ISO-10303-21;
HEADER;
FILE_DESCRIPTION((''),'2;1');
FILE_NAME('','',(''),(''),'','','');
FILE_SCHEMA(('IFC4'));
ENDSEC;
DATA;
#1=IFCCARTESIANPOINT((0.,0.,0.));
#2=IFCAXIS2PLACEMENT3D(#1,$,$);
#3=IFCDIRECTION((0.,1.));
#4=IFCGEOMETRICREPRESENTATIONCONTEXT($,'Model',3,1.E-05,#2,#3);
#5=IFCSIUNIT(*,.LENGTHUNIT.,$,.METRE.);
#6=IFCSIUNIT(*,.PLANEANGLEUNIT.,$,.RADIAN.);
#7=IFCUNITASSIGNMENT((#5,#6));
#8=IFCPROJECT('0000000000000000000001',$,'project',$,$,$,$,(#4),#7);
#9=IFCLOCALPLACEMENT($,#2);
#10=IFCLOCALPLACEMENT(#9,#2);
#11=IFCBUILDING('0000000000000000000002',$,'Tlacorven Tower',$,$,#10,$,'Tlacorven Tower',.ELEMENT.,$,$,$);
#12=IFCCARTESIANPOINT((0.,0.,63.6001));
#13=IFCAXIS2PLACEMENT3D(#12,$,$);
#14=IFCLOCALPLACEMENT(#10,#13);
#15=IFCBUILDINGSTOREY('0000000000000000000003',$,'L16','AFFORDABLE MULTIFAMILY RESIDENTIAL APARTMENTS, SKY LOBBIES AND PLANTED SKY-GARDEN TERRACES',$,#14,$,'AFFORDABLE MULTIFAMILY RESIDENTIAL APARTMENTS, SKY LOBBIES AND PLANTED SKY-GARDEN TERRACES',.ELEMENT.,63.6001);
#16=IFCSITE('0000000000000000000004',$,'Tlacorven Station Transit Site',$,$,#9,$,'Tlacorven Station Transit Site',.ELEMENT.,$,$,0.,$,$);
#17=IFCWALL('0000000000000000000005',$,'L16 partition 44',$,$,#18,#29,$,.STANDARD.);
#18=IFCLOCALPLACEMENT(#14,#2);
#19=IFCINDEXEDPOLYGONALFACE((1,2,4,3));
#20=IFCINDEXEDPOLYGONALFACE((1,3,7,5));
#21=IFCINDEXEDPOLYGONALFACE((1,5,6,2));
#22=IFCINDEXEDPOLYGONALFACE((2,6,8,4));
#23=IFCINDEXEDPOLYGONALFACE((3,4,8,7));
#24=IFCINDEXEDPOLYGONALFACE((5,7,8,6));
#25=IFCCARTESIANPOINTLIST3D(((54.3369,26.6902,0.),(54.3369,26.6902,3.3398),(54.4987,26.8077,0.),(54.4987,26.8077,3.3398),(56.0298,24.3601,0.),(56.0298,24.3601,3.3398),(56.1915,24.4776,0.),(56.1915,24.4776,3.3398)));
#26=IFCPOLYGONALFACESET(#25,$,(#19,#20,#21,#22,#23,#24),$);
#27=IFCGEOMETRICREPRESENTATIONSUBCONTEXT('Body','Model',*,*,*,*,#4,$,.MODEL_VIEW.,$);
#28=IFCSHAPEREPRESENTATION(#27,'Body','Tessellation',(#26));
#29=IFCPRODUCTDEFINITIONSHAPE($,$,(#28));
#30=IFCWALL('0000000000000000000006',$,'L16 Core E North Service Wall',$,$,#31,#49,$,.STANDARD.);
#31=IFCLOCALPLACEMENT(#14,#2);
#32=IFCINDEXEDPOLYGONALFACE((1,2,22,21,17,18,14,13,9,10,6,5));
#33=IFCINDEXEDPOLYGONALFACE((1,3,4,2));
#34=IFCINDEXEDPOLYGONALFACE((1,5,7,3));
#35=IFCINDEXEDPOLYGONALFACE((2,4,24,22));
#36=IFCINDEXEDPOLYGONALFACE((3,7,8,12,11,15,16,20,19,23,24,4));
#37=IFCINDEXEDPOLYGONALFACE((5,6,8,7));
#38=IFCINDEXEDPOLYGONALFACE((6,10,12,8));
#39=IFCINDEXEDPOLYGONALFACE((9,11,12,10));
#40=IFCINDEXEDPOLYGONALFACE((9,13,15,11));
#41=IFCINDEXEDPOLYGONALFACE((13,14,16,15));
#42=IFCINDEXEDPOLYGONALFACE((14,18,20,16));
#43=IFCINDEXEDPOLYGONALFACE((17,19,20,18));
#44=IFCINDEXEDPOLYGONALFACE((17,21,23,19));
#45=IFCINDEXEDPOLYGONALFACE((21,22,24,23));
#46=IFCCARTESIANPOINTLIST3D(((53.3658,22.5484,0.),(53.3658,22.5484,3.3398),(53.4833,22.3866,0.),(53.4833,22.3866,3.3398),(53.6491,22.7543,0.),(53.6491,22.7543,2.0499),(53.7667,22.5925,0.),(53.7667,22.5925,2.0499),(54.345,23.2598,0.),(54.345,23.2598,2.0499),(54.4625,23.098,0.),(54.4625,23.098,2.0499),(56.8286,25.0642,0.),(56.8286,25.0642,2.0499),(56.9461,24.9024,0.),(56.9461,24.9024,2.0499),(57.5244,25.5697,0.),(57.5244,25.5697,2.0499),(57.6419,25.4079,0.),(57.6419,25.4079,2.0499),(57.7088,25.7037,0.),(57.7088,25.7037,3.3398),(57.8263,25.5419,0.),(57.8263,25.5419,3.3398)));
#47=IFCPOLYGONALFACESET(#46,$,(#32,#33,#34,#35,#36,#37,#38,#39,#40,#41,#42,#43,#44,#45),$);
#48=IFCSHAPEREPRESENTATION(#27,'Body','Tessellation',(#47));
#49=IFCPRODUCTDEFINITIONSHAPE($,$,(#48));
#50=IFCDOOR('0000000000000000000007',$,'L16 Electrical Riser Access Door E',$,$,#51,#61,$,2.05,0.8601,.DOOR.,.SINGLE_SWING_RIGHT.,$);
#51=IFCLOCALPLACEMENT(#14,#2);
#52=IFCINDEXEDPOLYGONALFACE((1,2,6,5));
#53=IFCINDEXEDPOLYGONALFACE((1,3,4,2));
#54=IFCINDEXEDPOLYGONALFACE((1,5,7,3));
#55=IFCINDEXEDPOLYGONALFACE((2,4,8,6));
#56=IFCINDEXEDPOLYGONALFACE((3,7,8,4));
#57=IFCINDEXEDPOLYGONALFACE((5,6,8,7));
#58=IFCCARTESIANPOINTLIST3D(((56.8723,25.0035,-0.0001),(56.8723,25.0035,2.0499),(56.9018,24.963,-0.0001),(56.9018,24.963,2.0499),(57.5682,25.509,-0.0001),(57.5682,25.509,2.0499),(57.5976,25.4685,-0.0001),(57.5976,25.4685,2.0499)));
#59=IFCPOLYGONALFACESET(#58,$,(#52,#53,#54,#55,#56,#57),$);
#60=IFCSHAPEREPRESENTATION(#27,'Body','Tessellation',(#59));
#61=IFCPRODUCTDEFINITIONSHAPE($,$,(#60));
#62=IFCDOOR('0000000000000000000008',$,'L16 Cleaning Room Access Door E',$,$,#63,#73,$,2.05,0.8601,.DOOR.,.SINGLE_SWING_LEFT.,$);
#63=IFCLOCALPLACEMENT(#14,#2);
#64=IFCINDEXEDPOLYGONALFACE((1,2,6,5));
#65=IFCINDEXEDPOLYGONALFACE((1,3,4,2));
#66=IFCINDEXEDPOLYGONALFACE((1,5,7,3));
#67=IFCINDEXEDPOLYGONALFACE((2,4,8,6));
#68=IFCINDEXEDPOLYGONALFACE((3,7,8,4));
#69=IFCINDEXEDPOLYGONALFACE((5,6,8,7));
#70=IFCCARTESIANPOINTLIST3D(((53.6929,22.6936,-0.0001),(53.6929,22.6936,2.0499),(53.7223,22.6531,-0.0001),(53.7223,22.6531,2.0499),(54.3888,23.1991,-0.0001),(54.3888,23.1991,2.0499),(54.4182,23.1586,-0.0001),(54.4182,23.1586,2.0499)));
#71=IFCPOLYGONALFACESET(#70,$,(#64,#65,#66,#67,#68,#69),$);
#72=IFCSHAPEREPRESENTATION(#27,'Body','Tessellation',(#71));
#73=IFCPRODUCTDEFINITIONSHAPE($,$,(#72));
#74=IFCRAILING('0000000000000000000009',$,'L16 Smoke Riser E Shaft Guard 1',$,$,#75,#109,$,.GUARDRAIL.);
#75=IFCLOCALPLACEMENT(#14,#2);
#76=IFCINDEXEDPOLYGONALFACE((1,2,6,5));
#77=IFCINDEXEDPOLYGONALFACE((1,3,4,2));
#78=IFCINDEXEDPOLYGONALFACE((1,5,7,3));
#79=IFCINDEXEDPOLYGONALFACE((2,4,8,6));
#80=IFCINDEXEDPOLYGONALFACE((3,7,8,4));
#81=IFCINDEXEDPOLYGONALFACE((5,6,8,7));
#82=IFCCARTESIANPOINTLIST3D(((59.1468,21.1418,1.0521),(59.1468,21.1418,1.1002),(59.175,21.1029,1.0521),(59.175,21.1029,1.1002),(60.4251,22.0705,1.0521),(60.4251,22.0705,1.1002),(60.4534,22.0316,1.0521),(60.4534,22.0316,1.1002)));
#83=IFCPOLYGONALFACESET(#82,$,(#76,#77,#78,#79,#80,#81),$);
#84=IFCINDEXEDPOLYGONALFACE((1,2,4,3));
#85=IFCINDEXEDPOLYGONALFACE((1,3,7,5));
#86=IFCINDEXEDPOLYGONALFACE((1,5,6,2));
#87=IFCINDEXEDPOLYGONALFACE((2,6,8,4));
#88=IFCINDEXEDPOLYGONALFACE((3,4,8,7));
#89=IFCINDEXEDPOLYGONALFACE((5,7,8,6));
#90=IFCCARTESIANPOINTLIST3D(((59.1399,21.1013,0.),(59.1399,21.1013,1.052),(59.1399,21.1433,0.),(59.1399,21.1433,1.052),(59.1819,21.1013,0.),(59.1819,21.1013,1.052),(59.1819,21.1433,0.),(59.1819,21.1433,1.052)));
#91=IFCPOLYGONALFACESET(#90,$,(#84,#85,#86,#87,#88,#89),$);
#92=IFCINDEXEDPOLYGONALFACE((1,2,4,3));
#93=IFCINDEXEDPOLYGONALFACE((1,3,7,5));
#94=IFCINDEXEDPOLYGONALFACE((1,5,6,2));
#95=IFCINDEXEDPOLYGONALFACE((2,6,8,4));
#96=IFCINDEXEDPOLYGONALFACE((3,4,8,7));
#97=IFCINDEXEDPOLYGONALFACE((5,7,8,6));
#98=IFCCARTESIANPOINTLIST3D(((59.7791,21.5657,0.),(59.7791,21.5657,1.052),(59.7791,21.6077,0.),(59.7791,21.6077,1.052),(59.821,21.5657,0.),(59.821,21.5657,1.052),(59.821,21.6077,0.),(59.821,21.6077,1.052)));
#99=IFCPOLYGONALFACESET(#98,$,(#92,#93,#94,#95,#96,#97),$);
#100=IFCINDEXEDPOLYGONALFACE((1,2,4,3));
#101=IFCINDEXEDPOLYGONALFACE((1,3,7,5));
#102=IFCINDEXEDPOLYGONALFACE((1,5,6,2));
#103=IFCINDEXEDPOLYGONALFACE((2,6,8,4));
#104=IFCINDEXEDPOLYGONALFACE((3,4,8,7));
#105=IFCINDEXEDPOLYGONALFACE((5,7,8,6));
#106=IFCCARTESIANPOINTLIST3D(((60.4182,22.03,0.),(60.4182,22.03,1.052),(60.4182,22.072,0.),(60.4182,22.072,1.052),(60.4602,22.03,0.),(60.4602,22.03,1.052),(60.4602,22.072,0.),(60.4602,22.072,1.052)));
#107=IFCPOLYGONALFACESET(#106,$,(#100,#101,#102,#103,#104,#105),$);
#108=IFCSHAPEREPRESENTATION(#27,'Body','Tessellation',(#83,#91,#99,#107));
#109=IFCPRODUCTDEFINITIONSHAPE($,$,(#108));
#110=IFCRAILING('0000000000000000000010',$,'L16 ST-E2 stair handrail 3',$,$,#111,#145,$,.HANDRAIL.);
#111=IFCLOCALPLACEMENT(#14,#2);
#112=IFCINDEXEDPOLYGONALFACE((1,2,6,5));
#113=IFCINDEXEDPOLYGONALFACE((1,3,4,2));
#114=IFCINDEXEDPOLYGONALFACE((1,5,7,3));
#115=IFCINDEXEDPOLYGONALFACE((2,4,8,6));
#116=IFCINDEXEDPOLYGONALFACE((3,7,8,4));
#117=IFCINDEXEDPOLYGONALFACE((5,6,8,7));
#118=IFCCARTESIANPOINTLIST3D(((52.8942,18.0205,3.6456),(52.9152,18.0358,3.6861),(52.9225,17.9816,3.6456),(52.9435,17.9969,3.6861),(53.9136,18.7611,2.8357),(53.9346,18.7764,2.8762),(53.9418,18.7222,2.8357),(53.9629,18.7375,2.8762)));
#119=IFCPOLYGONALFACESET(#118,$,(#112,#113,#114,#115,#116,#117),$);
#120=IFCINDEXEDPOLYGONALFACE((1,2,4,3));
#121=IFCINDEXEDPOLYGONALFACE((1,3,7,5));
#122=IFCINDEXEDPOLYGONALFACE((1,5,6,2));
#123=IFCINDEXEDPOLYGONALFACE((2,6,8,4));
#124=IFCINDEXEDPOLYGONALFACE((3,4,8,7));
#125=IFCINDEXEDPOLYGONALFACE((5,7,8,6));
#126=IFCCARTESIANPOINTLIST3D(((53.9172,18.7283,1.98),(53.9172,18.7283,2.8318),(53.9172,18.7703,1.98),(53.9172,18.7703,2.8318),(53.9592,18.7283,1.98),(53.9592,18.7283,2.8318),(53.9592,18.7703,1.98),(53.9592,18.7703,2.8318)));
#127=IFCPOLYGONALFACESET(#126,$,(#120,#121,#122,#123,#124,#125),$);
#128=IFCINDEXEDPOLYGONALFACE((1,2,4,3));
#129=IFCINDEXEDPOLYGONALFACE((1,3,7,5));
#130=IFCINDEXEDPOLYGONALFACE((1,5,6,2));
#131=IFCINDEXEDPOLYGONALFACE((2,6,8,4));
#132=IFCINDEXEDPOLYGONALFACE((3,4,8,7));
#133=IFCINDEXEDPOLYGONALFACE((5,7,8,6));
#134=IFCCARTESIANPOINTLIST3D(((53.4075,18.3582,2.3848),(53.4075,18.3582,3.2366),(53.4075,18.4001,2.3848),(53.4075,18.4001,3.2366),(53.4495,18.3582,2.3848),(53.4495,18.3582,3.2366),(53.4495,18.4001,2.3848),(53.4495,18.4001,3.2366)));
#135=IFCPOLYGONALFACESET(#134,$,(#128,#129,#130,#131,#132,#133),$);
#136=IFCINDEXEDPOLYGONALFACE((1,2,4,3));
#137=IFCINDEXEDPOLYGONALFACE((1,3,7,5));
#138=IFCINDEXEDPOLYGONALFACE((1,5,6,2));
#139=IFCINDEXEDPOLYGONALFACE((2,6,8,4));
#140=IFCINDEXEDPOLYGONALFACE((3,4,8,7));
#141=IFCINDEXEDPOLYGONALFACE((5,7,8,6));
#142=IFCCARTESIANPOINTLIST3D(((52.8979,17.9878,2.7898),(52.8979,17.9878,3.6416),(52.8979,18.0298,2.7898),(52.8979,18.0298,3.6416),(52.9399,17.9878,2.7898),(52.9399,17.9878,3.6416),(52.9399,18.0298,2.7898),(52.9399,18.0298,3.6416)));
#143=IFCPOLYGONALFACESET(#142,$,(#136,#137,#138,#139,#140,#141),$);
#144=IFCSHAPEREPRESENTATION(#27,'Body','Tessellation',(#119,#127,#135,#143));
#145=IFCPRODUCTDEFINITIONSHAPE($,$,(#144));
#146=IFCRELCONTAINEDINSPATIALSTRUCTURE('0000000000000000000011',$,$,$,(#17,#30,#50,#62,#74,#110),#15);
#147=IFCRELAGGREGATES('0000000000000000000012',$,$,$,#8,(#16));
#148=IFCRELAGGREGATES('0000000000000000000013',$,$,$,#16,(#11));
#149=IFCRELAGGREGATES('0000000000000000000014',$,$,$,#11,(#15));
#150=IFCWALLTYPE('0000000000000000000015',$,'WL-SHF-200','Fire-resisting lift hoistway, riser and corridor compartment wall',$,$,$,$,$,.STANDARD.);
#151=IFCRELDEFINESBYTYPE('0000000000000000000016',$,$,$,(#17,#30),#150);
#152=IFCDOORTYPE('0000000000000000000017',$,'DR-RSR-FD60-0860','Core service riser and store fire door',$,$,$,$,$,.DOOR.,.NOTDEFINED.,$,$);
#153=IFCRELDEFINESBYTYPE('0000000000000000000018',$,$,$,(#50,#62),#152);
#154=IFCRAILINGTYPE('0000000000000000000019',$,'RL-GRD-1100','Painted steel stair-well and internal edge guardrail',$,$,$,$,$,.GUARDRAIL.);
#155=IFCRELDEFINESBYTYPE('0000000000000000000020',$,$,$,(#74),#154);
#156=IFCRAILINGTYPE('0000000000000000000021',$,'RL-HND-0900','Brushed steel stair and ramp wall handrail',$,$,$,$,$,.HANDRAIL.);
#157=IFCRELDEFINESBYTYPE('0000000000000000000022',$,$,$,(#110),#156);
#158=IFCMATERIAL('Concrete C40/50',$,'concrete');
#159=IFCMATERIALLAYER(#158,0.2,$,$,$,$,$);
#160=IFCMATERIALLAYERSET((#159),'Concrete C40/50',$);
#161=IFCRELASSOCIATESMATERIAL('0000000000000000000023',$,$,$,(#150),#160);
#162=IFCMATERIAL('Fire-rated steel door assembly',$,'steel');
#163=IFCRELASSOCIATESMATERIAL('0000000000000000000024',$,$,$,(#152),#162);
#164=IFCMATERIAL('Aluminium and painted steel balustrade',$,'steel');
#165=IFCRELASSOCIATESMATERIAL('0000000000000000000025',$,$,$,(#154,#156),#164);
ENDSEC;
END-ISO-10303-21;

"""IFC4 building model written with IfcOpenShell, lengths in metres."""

from ifc_helpers import new_model, si_unit, direction, frame, frame_2d, origin, origin_2d, place, context, subcontext, project, spatial, rectangle, extrude, source, transform, mapped, material, layer, layer_set, type_object, element, fill, save


model = new_model("IFC4")

# Units and contexts
model_context = context("Model", 3, precision=1e-05, world=origin(), true_north=direction((0.0, 1.0)))
body_context = subcontext(model_context, "Body", "Model", "MODEL_VIEW")
ifc_project = project(units=[si_unit("LENGTHUNIT", "METRE"), si_unit("PLANEANGLEUNIT", "RADIAN")], contexts=[model_context])

# Site, building, storey
site_placement = place(None, origin())
site = spatial("IfcSite", under=ifc_project, at=site_placement, Name="Tlacorven Station Transit Site", LongName="Tlacorven Station Transit Site", CompositionType="ELEMENT", RefElevation=0.0)
building_placement = place(site_placement, origin())
building = spatial("IfcBuilding", under=site, at=building_placement, Name="Tlacorven Tower", LongName="Tlacorven Tower", CompositionType="ELEMENT")
storey_placement = place(building_placement, frame((0.0, 0.0, 63.6001)))
storey = spatial("IfcBuildingStorey", under=building, at=storey_placement, Name="L16", Description="AFFORDABLE MULTIFAMILY RESIDENTIAL APARTMENTS, SKY LOBBIES AND PLANTED SKY-GARDEN TERRACES", LongName="AFFORDABLE MULTIFAMILY RESIDENTIAL APARTMENTS, SKY LOBBIES AND PLANTED SKY-GARDEN TERRACES", CompositionType="ELEMENT", Elevation=63.6001)

# Shared definitions
ifc_material_1 = material(Name="Concrete C40/50", Category="concrete")
ifc_layer_1 = layer(ifc_material_1, 0.2)
ifc_layer_set_1 = layer_set([ifc_layer_1], Name="Concrete C40/50")
wall_type_1 = type_object("IfcWallType", Name="WL-SHF-200", Description="Fire-resisting lift hoistway, riser and corridor compartment wall", PredefinedType="STANDARD", material=ifc_layer_set_1)
ifc_material_2 = material(Name="Fire-rated steel door assembly", Category="steel")
door_type_1 = type_object("IfcDoorType", Name="DR-RSR-FD60-0860", Description="Core service riser and store fire door", OperationType="NOTDEFINED", PredefinedType="DOOR", material=ifc_material_2)
shared_shape_1 = source(origin(), body_context, "Body", "SweptSolid", [
    extrude(rectangle(XDim=0.8601, YDim=2.05, at=frame_2d((0.4302, 1.0249))), frame((0.0, 0.0249, 0.0), z_axis=(0.0, -1.0, 0.0), x_axis=(1.0, 0.0, 0.0)), (0.0, 0.0, 1.0), 0.05),
])

# Wall
wall_1_placement = place(storey_placement, frame((56.1106, 24.4189, 0.0), z_axis=(0.0, 0.0, 1.0), x_axis=(-0.587778, 0.809022, 0.0)))
element("IfcWall", 1, at=wall_1_placement, inside=storey, type_object=wall_type_1, Name="L16 partition 44", PredefinedType="STANDARD", context=body_context, shape_type="SweptSolid", body=[
    extrude(rectangle(XDim=2.8801, YDim=0.2, at=frame_2d((1.4399, 0.0))), origin(), (0.0, 0.0, 1.0), 3.3398),
])

# Wall, openings, doors
wall_2_placement = place(storey_placement, frame((53.4246, 22.4675, 0.0), z_axis=(0.0, 0.0, 1.0), x_axis=(0.809027, 0.587771, 0.0)))
wall_2 = element("IfcWall", 2, at=wall_2_placement, inside=storey, type_object=wall_type_1, Name="L16 Core E North Service Wall", PredefinedType="STANDARD", context=body_context, shape_type="SweptSolid", body=[
    extrude(rectangle(XDim=5.3682, YDim=0.2, at=frame_2d((2.6841, 0.0))), origin(), (0.0, 0.0, 1.0), 3.3398),
])
opening_1_placement = place(wall_2_placement, frame((4.28, 0.0, 0.0)))
opening_1 = element("IfcOpeningElement", 3, at=opening_1_placement, cuts=wall_2, PredefinedType="OPENING", context=body_context, shape_type="SweptSolid", body=[
    extrude(rectangle(XDim=0.8601, YDim=2.05, at=frame_2d((0.4302, 1.0249))), frame((0.0, 0.1099, 0.0), z_axis=(0.0, -1.0, 0.0), x_axis=(1.0, 0.0, 0.0)), (0.0, 0.0, 1.0), 0.22),
])
opening_2_placement = place(wall_2_placement, frame((0.3501, 0.0, 0.0)))
opening_2 = element("IfcOpeningElement", 4, at=opening_2_placement, cuts=wall_2, PredefinedType="OPENING", context=body_context, shape_type="SweptSolid", body=[
    extrude(rectangle(XDim=0.8601, YDim=2.05, at=frame_2d((0.4302, 1.0249))), frame((0.0, 0.1099, 0.0), z_axis=(0.0, -1.0, 0.0), x_axis=(1.0, 0.0, 0.0)), (0.0, 0.0, 1.0), 0.22),
])
door_1_placement = place(opening_1_placement, frame((0.8601, 0.0, 0.0), z_axis=(0.0, 0.0, 1.0), x_axis=(-1.0, 0.0, 0.0)))
door_1 = element("IfcDoor", 5, at=door_1_placement, inside=storey, type_object=door_type_1, Name="L16 Electrical Riser Access Door E", OperationType="SINGLE_SWING_RIGHT", OverallHeight=2.05, OverallWidth=0.8601, PredefinedType="DOOR", context=body_context, shape_type="MappedRepresentation", body=[
    mapped(shared_shape_1, transform((0.0, 0.0, 0.0), scale=1.0)),
])
fill(opening_1, door_1)
door_2_placement = place(opening_2_placement, frame((0.8601, 0.0, 0.0), z_axis=(0.0, 0.0, 1.0), x_axis=(-1.0, 0.0, 0.0)))
door_2 = element("IfcDoor", 6, at=door_2_placement, inside=storey, type_object=door_type_1, Name="L16 Cleaning Room Access Door E", OperationType="SINGLE_SWING_LEFT", OverallHeight=2.05, OverallWidth=0.8601, PredefinedType="DOOR", context=body_context, shape_type="MappedRepresentation", body=[
    mapped(shared_shape_1, transform((0.0, 0.0, 0.0), scale=1.0)),
])
fill(opening_2, door_2)

# Railings
ifc_material_3 = material(Name="Aluminium and painted steel balustrade", Category="steel")
railing_type_1 = type_object("IfcRailingType", Name="RL-GRD-1100", Description="Painted steel stair-well and internal edge guardrail", PredefinedType="GUARDRAIL", material=ifc_material_3)
shared_shape_2 = source(origin(), body_context, "Body", "SweptSolid", [
    extrude(rectangle(XDim=0.0481, YDim=0.0481, at=origin_2d()), frame((0.0, 0.0, 1.0762), z_axis=(0.80903, 0.587767, 0.0), x_axis=(-0.587767, 0.80903, 0.0)), (0.0, 0.0, 1.0), 1.5801),
    extrude(rectangle(XDim=0.042, YDim=0.042, at=origin_2d()), origin(), (0.0, 0.0, 1.0), 1.052),
    extrude(rectangle(XDim=0.042, YDim=0.042, at=origin_2d()), frame((0.6392, 0.4644, 0.0)), (0.0, 0.0, 1.0), 1.052),
    extrude(rectangle(XDim=0.042, YDim=0.042, at=origin_2d()), frame((1.2783, 0.9287, 0.0)), (0.0, 0.0, 1.0), 1.052),
])
railing_1_placement = place(storey_placement, frame((59.1609, 21.1223, 0.0)))
element("IfcRailing", 7, at=railing_1_placement, inside=storey, type_object=railing_type_1, Name="L16 Smoke Riser E Shaft Guard 1", PredefinedType="GUARDRAIL", context=body_context, shape_type="MappedRepresentation", body=[
    mapped(shared_shape_2, transform((0.0, 0.0, 0.0), scale=1.0)),
])
railing_type_2 = type_object("IfcRailingType", Name="RL-HND-0900", Description="Brushed steel stair and ramp wall handrail", PredefinedType="HANDRAIL", material=ifc_material_3)
shared_shape_3 = source(origin(), body_context, "Body", "SweptSolid", [
    extrude(rectangle(XDim=0.0481, YDim=0.0481, at=origin_2d()), frame((0.0, 0.0, 0.876), z_axis=(-0.680576, -0.494416, 0.540712), x_axis=(0.587745, -0.809046, 0.0)), (0.0, 0.0, 1.0), 1.4978),
    extrude(rectangle(XDim=0.042, YDim=0.042, at=origin_2d()), origin(), (0.0, 0.0, 1.0), 0.8518),
    extrude(rectangle(XDim=0.042, YDim=0.042, at=origin_2d()), frame((-0.5098, -0.3701, 0.4048)), (0.0, 0.0, 1.0), 0.8518),
    extrude(rectangle(XDim=0.042, YDim=0.042, at=origin_2d()), frame((-1.0193, -0.7405, 0.8098)), (0.0, 0.0, 1.0), 0.8518),
])
railing_2_placement = place(storey_placement, frame((53.9382, 18.7493, 1.98)))
element("IfcRailing", 8, at=railing_2_placement, inside=storey, type_object=railing_type_2, Name="L16 ST-E2 stair handrail 3", PredefinedType="HANDRAIL", context=body_context, shape_type="MappedRepresentation", body=[
    mapped(shared_shape_3, transform((0.0, 0.0, 0.0), scale=1.0)),
])

save(model, "model.ifc")
